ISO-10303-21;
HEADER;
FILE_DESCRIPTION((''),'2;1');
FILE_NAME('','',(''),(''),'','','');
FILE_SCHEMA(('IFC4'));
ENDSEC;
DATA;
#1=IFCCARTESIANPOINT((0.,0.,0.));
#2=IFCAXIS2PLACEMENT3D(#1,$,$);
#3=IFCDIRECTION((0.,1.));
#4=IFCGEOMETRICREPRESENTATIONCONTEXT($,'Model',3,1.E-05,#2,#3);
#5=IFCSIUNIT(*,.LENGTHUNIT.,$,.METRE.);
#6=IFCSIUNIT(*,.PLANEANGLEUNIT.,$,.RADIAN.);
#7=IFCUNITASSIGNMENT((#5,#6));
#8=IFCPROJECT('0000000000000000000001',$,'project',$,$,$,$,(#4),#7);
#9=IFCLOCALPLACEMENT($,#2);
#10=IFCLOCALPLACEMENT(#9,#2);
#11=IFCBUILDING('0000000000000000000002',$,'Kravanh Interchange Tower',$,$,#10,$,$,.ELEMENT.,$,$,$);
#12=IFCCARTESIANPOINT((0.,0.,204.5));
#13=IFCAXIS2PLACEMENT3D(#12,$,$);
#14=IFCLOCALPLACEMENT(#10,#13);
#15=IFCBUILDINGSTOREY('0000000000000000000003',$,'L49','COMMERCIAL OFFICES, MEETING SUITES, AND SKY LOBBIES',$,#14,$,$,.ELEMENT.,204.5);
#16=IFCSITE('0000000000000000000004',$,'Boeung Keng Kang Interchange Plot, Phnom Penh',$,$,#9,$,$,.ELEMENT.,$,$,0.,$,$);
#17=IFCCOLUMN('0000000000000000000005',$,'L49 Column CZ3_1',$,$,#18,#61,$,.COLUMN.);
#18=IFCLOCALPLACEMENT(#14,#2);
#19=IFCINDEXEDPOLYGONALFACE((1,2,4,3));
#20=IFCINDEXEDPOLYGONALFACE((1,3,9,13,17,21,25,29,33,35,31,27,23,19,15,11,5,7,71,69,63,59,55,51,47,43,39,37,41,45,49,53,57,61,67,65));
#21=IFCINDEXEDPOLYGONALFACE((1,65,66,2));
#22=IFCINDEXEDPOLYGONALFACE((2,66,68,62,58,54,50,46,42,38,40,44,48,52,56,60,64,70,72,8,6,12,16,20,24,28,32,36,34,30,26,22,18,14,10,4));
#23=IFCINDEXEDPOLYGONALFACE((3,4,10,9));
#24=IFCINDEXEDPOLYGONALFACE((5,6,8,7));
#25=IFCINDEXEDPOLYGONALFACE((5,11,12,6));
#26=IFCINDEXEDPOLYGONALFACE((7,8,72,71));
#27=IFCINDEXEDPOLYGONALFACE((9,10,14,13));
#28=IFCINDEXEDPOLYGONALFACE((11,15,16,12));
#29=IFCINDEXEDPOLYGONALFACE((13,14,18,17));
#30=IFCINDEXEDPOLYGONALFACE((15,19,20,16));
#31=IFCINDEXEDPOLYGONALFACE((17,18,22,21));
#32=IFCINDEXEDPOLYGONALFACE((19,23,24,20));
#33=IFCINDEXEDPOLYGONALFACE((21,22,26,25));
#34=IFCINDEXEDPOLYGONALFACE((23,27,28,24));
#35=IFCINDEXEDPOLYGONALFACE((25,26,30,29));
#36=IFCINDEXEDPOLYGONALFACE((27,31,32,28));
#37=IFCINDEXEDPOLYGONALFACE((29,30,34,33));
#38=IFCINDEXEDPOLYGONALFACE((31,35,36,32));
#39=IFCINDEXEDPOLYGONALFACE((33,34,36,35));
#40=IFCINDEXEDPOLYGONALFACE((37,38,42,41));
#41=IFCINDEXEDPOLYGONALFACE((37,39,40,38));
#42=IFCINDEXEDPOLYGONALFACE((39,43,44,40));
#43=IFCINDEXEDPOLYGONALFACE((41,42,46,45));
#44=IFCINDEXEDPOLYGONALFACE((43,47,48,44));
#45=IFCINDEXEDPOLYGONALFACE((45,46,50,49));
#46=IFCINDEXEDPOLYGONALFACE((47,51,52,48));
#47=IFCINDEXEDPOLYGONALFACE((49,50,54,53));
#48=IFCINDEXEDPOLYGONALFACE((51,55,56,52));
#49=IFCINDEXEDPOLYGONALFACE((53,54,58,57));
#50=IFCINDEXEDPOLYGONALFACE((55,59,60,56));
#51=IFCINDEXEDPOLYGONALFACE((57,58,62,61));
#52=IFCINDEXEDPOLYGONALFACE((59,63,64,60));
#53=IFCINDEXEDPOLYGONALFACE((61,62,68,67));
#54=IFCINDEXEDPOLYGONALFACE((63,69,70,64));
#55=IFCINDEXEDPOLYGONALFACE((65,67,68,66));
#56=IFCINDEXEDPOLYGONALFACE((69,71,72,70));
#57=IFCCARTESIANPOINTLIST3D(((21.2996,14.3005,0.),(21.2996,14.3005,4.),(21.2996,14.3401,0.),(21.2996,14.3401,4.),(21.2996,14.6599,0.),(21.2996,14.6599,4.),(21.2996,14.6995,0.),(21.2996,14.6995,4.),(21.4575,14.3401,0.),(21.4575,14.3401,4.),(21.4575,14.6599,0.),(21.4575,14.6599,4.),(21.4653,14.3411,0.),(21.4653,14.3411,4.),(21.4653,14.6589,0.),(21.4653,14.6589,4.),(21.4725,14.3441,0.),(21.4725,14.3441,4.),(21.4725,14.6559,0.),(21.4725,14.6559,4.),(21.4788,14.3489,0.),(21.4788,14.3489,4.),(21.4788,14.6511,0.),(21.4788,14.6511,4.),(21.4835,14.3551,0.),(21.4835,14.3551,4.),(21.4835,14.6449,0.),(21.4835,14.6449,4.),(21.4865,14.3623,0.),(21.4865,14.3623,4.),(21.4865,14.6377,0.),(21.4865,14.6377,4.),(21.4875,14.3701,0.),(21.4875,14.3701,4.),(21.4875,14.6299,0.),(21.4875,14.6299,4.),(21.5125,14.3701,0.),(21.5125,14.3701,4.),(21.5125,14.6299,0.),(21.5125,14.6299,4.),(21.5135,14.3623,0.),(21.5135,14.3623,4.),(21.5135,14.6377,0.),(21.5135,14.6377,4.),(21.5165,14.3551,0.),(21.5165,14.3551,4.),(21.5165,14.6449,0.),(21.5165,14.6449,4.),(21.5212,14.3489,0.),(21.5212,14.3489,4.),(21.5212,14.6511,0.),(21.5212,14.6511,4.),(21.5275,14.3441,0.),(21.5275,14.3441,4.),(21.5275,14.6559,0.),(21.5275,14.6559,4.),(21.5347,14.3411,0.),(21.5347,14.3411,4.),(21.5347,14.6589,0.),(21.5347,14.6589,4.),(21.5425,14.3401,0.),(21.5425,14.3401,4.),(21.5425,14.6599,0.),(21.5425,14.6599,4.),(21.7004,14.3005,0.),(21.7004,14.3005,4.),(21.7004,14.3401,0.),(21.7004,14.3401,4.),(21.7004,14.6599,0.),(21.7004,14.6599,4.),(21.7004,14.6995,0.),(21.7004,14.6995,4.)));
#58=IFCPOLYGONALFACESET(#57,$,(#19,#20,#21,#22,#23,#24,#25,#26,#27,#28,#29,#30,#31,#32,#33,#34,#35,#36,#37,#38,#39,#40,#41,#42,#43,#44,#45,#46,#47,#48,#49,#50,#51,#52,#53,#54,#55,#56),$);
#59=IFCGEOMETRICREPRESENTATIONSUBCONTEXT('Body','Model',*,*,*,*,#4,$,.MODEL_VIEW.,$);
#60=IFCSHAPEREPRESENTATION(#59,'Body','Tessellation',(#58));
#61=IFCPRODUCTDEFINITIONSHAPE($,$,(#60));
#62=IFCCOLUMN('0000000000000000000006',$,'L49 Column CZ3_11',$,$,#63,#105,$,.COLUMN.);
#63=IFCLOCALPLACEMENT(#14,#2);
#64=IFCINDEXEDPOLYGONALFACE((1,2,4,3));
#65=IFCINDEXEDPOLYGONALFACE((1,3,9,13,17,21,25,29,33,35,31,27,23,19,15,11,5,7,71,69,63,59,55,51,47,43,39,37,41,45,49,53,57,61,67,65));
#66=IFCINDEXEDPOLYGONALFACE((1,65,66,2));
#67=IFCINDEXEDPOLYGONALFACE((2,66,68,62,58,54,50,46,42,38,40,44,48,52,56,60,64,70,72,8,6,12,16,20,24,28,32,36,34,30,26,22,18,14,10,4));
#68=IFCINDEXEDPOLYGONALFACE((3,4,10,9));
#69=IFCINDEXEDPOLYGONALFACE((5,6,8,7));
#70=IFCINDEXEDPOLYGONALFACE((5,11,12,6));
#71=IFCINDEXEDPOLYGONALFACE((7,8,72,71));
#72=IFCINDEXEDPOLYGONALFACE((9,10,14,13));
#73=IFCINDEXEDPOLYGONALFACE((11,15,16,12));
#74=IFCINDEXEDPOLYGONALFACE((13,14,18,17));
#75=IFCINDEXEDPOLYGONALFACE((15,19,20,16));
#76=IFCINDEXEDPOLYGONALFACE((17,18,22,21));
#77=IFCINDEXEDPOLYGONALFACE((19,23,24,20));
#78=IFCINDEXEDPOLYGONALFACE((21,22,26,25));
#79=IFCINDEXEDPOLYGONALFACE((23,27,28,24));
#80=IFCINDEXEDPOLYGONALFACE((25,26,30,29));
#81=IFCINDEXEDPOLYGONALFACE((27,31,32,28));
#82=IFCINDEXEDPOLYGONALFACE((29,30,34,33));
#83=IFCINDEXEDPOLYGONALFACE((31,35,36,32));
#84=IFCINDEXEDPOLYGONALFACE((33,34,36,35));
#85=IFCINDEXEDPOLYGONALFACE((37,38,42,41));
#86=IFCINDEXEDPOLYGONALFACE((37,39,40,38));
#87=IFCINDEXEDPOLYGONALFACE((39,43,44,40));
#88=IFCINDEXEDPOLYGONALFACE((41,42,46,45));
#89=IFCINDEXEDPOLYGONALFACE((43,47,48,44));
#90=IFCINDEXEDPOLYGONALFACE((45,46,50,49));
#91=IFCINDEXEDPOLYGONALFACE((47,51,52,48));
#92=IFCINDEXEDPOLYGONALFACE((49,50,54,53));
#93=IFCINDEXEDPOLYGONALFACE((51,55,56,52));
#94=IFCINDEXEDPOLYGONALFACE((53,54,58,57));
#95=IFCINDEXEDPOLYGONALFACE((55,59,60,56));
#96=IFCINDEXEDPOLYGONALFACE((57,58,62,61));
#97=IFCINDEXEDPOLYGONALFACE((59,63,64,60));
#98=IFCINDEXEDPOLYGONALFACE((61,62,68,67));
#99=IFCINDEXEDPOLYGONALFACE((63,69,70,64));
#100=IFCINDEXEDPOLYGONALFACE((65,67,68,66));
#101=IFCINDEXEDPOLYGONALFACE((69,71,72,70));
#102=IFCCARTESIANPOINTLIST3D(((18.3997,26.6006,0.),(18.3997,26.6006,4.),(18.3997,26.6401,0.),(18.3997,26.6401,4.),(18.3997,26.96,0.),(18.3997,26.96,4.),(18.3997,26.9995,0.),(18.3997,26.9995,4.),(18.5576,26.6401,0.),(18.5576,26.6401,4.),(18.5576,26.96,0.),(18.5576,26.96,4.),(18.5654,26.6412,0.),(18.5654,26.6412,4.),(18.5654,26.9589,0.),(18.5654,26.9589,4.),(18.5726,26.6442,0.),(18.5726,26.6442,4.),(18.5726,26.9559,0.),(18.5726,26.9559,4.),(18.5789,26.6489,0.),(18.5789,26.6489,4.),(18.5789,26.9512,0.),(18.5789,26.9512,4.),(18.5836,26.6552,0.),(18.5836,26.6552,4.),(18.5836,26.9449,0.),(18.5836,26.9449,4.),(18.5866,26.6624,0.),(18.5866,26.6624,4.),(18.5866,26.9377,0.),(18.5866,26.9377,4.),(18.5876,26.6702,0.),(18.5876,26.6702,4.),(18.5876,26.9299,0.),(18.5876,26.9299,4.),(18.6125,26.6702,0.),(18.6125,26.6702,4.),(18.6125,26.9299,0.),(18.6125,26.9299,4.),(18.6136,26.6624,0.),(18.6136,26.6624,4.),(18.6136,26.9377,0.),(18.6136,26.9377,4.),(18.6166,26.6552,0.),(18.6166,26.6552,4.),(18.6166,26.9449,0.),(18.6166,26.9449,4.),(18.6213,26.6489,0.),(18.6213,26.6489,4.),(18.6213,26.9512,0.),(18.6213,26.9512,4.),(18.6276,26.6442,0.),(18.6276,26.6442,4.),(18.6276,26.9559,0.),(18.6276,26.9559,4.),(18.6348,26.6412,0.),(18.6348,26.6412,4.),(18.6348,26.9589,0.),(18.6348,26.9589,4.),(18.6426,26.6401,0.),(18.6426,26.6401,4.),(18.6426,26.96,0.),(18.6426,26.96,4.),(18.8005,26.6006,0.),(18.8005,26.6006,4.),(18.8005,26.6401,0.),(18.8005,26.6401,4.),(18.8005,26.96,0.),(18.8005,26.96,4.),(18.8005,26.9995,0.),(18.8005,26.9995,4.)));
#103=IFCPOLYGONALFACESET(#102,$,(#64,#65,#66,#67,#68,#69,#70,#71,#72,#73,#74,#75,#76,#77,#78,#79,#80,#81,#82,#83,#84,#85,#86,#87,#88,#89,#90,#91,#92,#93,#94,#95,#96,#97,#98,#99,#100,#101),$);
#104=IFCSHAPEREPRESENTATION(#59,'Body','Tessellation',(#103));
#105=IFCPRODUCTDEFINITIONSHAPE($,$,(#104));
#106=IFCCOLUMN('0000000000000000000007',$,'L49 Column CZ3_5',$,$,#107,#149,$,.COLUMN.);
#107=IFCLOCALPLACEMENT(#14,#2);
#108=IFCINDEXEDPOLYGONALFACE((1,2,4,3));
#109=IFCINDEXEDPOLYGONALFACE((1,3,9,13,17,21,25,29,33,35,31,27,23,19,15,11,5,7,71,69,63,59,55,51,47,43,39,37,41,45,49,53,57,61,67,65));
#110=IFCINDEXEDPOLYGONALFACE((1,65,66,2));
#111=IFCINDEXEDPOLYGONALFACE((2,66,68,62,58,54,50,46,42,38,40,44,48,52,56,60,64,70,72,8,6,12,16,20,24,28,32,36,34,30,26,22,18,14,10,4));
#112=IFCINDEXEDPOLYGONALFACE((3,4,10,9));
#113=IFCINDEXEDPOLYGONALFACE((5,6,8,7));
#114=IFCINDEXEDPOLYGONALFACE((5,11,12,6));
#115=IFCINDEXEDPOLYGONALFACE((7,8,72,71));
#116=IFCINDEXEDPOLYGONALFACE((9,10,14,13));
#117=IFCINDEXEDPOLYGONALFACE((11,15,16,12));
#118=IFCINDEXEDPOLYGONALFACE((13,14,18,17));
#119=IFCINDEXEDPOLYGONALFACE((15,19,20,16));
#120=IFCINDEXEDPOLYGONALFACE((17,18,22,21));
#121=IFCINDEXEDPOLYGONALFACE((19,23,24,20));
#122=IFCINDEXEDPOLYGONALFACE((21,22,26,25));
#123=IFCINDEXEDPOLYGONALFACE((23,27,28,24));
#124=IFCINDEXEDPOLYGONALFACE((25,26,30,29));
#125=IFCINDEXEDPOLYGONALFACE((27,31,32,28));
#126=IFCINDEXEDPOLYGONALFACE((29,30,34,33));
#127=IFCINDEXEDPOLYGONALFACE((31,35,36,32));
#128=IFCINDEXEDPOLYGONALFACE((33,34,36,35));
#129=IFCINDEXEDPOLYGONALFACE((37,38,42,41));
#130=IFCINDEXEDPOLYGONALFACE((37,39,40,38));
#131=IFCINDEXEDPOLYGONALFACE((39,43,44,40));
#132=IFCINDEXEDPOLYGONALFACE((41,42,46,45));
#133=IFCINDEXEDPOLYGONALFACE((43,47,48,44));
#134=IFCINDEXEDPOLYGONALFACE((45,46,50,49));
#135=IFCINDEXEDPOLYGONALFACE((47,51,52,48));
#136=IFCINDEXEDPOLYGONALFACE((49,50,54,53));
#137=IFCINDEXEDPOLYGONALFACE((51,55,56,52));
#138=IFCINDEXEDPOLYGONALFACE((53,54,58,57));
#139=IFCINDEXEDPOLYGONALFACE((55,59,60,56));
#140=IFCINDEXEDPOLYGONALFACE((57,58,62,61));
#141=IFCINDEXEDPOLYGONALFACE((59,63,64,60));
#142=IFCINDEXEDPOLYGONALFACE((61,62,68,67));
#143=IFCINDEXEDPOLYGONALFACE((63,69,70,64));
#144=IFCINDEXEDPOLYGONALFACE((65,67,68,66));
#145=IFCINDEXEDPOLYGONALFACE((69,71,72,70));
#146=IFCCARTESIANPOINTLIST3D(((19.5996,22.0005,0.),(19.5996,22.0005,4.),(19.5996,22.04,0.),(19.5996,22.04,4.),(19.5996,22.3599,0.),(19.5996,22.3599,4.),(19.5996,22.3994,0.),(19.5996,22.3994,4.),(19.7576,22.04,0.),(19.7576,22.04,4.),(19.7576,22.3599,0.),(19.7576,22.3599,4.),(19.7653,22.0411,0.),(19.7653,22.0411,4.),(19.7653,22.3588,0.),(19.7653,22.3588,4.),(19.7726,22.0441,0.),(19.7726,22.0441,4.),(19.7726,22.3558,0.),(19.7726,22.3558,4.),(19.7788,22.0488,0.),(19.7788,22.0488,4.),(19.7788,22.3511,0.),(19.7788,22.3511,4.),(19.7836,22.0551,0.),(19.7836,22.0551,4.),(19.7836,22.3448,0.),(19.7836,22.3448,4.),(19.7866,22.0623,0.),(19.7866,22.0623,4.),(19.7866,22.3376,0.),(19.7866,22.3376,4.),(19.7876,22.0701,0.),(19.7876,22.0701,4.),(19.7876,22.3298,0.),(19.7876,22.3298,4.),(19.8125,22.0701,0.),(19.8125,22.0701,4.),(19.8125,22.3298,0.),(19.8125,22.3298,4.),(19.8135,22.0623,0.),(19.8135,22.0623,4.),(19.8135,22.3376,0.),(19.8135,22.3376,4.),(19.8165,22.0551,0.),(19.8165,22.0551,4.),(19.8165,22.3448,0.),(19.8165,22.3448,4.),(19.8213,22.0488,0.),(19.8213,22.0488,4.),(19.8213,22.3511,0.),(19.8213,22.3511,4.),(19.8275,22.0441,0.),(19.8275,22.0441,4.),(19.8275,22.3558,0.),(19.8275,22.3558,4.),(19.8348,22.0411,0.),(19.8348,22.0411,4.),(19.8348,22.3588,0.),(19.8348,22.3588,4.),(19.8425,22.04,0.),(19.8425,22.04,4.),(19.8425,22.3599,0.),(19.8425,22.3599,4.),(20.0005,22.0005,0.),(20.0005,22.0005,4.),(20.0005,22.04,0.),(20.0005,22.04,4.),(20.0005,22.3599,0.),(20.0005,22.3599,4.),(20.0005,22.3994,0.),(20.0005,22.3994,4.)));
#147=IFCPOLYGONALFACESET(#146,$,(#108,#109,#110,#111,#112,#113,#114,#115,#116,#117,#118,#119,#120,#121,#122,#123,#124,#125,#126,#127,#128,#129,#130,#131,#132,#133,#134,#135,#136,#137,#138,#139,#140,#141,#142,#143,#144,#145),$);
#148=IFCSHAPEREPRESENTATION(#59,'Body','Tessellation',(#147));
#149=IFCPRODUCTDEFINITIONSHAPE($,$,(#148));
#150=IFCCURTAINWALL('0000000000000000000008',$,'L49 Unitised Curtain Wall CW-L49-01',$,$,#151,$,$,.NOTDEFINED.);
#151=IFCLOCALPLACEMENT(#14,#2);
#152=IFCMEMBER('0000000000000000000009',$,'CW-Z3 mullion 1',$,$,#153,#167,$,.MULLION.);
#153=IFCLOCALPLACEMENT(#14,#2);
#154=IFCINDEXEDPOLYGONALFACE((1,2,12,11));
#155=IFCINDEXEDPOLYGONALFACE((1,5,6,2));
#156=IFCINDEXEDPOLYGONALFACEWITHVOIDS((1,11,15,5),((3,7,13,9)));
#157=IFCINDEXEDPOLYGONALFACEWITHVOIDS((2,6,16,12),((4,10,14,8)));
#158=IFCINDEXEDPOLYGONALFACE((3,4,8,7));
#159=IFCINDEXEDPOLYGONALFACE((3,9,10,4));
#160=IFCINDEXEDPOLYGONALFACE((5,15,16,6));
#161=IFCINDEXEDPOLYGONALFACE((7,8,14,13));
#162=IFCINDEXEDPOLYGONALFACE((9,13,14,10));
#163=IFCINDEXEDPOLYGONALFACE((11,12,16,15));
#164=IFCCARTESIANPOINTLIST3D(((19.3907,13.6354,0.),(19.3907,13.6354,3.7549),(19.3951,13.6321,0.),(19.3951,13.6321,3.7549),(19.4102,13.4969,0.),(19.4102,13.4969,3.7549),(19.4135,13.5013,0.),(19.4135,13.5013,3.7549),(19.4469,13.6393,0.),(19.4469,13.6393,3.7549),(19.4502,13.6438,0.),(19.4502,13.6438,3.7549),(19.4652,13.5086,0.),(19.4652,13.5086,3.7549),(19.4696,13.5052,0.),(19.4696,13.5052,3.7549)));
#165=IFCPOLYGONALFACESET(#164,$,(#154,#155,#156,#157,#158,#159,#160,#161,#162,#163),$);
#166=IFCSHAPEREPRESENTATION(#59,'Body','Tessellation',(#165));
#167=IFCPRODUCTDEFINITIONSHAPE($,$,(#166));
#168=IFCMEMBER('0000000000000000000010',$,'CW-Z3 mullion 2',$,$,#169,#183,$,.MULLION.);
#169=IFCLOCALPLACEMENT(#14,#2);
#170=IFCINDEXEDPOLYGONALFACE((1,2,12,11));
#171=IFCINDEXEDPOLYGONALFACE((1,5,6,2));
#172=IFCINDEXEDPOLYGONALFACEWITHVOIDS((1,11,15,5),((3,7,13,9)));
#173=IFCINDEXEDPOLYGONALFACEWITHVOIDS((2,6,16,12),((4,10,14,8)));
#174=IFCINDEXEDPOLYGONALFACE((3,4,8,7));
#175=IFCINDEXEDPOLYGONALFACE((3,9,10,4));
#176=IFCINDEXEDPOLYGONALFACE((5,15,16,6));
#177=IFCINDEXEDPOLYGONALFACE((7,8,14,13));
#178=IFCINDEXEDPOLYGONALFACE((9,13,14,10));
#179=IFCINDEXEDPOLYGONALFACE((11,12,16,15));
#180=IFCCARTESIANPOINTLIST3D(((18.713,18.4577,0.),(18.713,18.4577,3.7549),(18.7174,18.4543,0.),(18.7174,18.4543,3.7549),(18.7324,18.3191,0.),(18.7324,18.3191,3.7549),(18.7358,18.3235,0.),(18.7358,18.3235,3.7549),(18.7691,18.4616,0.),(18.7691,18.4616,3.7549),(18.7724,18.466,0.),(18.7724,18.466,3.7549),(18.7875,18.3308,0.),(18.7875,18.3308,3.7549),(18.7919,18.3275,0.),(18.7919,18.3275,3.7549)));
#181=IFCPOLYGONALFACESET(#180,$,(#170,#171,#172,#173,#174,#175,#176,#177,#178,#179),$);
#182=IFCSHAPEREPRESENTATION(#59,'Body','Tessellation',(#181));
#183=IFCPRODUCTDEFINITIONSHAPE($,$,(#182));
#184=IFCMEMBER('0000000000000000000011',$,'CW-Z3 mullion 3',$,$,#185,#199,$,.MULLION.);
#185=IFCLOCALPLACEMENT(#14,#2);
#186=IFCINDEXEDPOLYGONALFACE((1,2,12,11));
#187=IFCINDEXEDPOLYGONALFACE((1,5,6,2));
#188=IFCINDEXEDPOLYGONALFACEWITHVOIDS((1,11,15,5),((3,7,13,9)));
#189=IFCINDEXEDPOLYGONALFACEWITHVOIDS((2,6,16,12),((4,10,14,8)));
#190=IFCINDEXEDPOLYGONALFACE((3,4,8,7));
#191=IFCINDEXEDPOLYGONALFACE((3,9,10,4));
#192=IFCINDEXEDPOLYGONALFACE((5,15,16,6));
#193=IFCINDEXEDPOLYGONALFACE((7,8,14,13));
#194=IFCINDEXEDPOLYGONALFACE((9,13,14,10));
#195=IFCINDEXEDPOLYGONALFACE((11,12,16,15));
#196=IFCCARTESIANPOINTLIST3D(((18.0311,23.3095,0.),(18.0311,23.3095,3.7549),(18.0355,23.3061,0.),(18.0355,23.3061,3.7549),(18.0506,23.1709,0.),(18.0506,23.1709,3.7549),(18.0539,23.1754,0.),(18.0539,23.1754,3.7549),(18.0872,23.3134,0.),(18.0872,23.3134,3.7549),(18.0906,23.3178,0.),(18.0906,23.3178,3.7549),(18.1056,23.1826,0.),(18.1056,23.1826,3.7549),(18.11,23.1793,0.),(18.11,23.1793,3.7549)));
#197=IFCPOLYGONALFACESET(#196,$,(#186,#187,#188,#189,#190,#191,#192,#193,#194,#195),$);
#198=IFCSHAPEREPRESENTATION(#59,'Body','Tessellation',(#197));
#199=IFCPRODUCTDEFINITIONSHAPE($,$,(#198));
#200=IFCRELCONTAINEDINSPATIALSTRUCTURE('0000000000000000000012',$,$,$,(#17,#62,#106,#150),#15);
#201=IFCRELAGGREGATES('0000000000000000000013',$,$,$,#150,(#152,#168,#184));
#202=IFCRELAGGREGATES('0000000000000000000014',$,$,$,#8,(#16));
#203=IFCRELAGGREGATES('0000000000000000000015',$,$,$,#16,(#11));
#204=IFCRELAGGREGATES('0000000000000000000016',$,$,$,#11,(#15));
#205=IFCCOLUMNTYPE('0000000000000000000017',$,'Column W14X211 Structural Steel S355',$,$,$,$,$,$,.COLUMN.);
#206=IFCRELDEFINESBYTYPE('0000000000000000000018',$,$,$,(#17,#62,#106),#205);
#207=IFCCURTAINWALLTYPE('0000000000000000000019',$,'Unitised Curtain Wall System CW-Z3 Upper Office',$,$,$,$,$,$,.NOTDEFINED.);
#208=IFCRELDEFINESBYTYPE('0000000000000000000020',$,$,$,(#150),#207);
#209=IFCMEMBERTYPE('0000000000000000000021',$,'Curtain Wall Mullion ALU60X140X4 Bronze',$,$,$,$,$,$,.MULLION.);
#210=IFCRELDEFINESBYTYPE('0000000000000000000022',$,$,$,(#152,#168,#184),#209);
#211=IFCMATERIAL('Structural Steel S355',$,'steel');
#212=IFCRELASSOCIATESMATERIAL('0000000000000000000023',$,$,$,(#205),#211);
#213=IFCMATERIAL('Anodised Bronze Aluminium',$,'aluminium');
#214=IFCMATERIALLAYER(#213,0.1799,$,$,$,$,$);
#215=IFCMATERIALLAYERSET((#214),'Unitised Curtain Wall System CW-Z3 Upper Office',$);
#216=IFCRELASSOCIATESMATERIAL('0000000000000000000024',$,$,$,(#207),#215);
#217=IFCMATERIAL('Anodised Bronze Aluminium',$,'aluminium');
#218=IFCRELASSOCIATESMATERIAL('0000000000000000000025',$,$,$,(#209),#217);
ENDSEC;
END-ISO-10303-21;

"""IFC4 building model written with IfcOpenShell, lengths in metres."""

from ifc_helpers import new_model, si_unit, direction, frame, origin, origin_2d, place, context, subcontext, project, spatial, hollow_rectangle, i_section, extrude, material, layer, layer_set, material_profile, profile_set, type_object, element, aggregate, save


model = new_model("IFC4")

# Units and contexts
model_context = context("Model", 3, precision=1e-05, world=origin(), true_north=direction((0.0, 1.0)))
body_context = subcontext(model_context, "Body", "Model", "MODEL_VIEW")
ifc_project = project(units=[si_unit("LENGTHUNIT", "METRE"), si_unit("PLANEANGLEUNIT", "RADIAN")], contexts=[model_context])

# Site, building, storey
site_placement = place(None, origin())
site = spatial("IfcSite", under=ifc_project, at=site_placement, Name="Boeung Keng Kang Interchange Plot, Phnom Penh", CompositionType="ELEMENT", RefElevation=0.0)
building_placement = place(site_placement, origin())
building = spatial("IfcBuilding", under=site, at=building_placement, Name="Kravanh Interchange Tower", CompositionType="ELEMENT")
storey_placement = place(building_placement, frame((0.0, 0.0, 204.5)))
storey = spatial("IfcBuildingStorey", under=building, at=storey_placement, Name="L49", Description="COMMERCIAL OFFICES, MEETING SUITES, AND SKY LOBBIES", CompositionType="ELEMENT", Elevation=204.5)

# Columns
ifc_material_1 = material(Name="Structural Steel S355", Category="steel")
ifc_material_profile_1 = material_profile(ifc_material_1, i_section(OverallWidth=0.4009, OverallDepth=0.3989, WebThickness=0.0249, FlangeThickness=0.0396, FilletRadius=0.03, at=origin_2d()), Name="W14X211")
ifc_profile_set_1 = profile_set([ifc_material_profile_1], Name="Structural Steel S355")
column_type = type_object("IfcColumnType", Name="Column W14X211 Structural Steel S355", PredefinedType="COLUMN", material=ifc_profile_set_1)
for number, where, z_axis, x_axis, name in (
    (1, (21.5, 14.5, 0.0), (0.0, 0.0, 1.0), (1.0, 0.0, 0.0), "L49 Column CZ3_1"),
    (2, (18.6001, 26.8, 0.0), (0.0, 0.0, 1.0), (1.0, 0.0, 0.0), "L49 Column CZ3_11"),
    (3, (19.8, 22.2, 0.0), (0.0, 0.0, 1.0), (1.0, 0.0, 0.0), "L49 Column CZ3_5"),
):
    element("IfcColumn", number, at=place(storey_placement, frame(where, z_axis=z_axis, x_axis=x_axis)), inside=storey, type_object=column_type, Name=name, PredefinedType="COLUMN", context=body_context, shape_type="SweptSolid", body=[
        extrude(i_section(OverallWidth=0.4009, OverallDepth=0.3989, WebThickness=0.0249, FlangeThickness=0.0396, FilletRadius=0.03, at=origin_2d()), origin(), (0.0, 0.0, 1.0), 4.0),
    ])

# Curtain wall, members
ifc_material_2 = material(Name="Anodised Bronze Aluminium", Category="aluminium")
ifc_layer_1 = layer(ifc_material_2, 0.1799)
ifc_layer_set_1 = layer_set([ifc_layer_1], Name="Unitised Curtain Wall System CW-Z3 Upper Office")
curtain_wall_type = type_object("IfcCurtainWallType", Name="Unitised Curtain Wall System CW-Z3 Upper Office", PredefinedType="NOTDEFINED", material=ifc_layer_set_1)
curtain_wall_1_placement = place(storey_placement, origin())
curtain_wall_1 = element("IfcCurtainWall", 4, at=curtain_wall_1_placement, inside=storey, type_object=curtain_wall_type, Name="L49 Unitised Curtain Wall CW-L49-01", PredefinedType="NOTDEFINED")
ifc_material_3 = material(Name="Anodised Bronze Aluminium", Category="aluminium")
ifc_material_profile_2 = material_profile(ifc_material_3, hollow_rectangle(XDim=0.0601, YDim=0.1399, WallThickness=0.0039, at=origin_2d()), Name="ALU60X140X4")
ifc_profile_set_2 = profile_set([ifc_material_profile_2], Name="Anodised Bronze Aluminium")
member_type_1 = type_object("IfcMemberType", Name="Curtain Wall Mullion ALU60X140X4 Bronze", PredefinedType="MULLION", material=ifc_profile_set_2)
member_1_placement = place(storey_placement, frame((19.4302, 13.5703, 0.0), z_axis=(0.0, 0.0, 1.0), x_axis=(-0.990268, -0.139172, 0.0)))
member_1 = element("IfcMember", 5, at=member_1_placement, type_object=member_type_1, Name="CW-Z3 mullion 1", PredefinedType="MULLION", context=body_context, shape_type="SweptSolid", body=[
    extrude(hollow_rectangle(XDim=0.0601, YDim=0.1399, WallThickness=0.0039, at=origin_2d()), origin(), (0.0, 0.0, 1.0), 3.7549),
])
member_2_placement = place(storey_placement, frame((18.7524, 18.3926, 0.0), z_axis=(0.0, 0.0, 1.0), x_axis=(-0.990268, -0.139172, 0.0)))
member_2 = element("IfcMember", 6, at=member_2_placement, type_object=member_type_1, Name="CW-Z3 mullion 2", PredefinedType="MULLION", context=body_context, shape_type="SweptSolid", body=[
    extrude(hollow_rectangle(XDim=0.0601, YDim=0.1399, WallThickness=0.0039, at=origin_2d()), origin(), (0.0, 0.0, 1.0), 3.7549),
])
member_3_placement = place(storey_placement, frame((18.0706, 23.2444, 0.0), z_axis=(0.0, 0.0, 1.0), x_axis=(-0.990268, -0.139172, 0.0)))
member_3 = element("IfcMember", 7, at=member_3_placement, type_object=member_type_1, Name="CW-Z3 mullion 3", PredefinedType="MULLION", context=body_context, shape_type="SweptSolid", body=[
    extrude(hollow_rectangle(XDim=0.0601, YDim=0.1399, WallThickness=0.0039, at=origin_2d()), origin(), (0.0, 0.0, 1.0), 3.7549),
])

aggregate(curtain_wall_1, [member_1, member_2, member_3])

save(model, "model.ifc")
